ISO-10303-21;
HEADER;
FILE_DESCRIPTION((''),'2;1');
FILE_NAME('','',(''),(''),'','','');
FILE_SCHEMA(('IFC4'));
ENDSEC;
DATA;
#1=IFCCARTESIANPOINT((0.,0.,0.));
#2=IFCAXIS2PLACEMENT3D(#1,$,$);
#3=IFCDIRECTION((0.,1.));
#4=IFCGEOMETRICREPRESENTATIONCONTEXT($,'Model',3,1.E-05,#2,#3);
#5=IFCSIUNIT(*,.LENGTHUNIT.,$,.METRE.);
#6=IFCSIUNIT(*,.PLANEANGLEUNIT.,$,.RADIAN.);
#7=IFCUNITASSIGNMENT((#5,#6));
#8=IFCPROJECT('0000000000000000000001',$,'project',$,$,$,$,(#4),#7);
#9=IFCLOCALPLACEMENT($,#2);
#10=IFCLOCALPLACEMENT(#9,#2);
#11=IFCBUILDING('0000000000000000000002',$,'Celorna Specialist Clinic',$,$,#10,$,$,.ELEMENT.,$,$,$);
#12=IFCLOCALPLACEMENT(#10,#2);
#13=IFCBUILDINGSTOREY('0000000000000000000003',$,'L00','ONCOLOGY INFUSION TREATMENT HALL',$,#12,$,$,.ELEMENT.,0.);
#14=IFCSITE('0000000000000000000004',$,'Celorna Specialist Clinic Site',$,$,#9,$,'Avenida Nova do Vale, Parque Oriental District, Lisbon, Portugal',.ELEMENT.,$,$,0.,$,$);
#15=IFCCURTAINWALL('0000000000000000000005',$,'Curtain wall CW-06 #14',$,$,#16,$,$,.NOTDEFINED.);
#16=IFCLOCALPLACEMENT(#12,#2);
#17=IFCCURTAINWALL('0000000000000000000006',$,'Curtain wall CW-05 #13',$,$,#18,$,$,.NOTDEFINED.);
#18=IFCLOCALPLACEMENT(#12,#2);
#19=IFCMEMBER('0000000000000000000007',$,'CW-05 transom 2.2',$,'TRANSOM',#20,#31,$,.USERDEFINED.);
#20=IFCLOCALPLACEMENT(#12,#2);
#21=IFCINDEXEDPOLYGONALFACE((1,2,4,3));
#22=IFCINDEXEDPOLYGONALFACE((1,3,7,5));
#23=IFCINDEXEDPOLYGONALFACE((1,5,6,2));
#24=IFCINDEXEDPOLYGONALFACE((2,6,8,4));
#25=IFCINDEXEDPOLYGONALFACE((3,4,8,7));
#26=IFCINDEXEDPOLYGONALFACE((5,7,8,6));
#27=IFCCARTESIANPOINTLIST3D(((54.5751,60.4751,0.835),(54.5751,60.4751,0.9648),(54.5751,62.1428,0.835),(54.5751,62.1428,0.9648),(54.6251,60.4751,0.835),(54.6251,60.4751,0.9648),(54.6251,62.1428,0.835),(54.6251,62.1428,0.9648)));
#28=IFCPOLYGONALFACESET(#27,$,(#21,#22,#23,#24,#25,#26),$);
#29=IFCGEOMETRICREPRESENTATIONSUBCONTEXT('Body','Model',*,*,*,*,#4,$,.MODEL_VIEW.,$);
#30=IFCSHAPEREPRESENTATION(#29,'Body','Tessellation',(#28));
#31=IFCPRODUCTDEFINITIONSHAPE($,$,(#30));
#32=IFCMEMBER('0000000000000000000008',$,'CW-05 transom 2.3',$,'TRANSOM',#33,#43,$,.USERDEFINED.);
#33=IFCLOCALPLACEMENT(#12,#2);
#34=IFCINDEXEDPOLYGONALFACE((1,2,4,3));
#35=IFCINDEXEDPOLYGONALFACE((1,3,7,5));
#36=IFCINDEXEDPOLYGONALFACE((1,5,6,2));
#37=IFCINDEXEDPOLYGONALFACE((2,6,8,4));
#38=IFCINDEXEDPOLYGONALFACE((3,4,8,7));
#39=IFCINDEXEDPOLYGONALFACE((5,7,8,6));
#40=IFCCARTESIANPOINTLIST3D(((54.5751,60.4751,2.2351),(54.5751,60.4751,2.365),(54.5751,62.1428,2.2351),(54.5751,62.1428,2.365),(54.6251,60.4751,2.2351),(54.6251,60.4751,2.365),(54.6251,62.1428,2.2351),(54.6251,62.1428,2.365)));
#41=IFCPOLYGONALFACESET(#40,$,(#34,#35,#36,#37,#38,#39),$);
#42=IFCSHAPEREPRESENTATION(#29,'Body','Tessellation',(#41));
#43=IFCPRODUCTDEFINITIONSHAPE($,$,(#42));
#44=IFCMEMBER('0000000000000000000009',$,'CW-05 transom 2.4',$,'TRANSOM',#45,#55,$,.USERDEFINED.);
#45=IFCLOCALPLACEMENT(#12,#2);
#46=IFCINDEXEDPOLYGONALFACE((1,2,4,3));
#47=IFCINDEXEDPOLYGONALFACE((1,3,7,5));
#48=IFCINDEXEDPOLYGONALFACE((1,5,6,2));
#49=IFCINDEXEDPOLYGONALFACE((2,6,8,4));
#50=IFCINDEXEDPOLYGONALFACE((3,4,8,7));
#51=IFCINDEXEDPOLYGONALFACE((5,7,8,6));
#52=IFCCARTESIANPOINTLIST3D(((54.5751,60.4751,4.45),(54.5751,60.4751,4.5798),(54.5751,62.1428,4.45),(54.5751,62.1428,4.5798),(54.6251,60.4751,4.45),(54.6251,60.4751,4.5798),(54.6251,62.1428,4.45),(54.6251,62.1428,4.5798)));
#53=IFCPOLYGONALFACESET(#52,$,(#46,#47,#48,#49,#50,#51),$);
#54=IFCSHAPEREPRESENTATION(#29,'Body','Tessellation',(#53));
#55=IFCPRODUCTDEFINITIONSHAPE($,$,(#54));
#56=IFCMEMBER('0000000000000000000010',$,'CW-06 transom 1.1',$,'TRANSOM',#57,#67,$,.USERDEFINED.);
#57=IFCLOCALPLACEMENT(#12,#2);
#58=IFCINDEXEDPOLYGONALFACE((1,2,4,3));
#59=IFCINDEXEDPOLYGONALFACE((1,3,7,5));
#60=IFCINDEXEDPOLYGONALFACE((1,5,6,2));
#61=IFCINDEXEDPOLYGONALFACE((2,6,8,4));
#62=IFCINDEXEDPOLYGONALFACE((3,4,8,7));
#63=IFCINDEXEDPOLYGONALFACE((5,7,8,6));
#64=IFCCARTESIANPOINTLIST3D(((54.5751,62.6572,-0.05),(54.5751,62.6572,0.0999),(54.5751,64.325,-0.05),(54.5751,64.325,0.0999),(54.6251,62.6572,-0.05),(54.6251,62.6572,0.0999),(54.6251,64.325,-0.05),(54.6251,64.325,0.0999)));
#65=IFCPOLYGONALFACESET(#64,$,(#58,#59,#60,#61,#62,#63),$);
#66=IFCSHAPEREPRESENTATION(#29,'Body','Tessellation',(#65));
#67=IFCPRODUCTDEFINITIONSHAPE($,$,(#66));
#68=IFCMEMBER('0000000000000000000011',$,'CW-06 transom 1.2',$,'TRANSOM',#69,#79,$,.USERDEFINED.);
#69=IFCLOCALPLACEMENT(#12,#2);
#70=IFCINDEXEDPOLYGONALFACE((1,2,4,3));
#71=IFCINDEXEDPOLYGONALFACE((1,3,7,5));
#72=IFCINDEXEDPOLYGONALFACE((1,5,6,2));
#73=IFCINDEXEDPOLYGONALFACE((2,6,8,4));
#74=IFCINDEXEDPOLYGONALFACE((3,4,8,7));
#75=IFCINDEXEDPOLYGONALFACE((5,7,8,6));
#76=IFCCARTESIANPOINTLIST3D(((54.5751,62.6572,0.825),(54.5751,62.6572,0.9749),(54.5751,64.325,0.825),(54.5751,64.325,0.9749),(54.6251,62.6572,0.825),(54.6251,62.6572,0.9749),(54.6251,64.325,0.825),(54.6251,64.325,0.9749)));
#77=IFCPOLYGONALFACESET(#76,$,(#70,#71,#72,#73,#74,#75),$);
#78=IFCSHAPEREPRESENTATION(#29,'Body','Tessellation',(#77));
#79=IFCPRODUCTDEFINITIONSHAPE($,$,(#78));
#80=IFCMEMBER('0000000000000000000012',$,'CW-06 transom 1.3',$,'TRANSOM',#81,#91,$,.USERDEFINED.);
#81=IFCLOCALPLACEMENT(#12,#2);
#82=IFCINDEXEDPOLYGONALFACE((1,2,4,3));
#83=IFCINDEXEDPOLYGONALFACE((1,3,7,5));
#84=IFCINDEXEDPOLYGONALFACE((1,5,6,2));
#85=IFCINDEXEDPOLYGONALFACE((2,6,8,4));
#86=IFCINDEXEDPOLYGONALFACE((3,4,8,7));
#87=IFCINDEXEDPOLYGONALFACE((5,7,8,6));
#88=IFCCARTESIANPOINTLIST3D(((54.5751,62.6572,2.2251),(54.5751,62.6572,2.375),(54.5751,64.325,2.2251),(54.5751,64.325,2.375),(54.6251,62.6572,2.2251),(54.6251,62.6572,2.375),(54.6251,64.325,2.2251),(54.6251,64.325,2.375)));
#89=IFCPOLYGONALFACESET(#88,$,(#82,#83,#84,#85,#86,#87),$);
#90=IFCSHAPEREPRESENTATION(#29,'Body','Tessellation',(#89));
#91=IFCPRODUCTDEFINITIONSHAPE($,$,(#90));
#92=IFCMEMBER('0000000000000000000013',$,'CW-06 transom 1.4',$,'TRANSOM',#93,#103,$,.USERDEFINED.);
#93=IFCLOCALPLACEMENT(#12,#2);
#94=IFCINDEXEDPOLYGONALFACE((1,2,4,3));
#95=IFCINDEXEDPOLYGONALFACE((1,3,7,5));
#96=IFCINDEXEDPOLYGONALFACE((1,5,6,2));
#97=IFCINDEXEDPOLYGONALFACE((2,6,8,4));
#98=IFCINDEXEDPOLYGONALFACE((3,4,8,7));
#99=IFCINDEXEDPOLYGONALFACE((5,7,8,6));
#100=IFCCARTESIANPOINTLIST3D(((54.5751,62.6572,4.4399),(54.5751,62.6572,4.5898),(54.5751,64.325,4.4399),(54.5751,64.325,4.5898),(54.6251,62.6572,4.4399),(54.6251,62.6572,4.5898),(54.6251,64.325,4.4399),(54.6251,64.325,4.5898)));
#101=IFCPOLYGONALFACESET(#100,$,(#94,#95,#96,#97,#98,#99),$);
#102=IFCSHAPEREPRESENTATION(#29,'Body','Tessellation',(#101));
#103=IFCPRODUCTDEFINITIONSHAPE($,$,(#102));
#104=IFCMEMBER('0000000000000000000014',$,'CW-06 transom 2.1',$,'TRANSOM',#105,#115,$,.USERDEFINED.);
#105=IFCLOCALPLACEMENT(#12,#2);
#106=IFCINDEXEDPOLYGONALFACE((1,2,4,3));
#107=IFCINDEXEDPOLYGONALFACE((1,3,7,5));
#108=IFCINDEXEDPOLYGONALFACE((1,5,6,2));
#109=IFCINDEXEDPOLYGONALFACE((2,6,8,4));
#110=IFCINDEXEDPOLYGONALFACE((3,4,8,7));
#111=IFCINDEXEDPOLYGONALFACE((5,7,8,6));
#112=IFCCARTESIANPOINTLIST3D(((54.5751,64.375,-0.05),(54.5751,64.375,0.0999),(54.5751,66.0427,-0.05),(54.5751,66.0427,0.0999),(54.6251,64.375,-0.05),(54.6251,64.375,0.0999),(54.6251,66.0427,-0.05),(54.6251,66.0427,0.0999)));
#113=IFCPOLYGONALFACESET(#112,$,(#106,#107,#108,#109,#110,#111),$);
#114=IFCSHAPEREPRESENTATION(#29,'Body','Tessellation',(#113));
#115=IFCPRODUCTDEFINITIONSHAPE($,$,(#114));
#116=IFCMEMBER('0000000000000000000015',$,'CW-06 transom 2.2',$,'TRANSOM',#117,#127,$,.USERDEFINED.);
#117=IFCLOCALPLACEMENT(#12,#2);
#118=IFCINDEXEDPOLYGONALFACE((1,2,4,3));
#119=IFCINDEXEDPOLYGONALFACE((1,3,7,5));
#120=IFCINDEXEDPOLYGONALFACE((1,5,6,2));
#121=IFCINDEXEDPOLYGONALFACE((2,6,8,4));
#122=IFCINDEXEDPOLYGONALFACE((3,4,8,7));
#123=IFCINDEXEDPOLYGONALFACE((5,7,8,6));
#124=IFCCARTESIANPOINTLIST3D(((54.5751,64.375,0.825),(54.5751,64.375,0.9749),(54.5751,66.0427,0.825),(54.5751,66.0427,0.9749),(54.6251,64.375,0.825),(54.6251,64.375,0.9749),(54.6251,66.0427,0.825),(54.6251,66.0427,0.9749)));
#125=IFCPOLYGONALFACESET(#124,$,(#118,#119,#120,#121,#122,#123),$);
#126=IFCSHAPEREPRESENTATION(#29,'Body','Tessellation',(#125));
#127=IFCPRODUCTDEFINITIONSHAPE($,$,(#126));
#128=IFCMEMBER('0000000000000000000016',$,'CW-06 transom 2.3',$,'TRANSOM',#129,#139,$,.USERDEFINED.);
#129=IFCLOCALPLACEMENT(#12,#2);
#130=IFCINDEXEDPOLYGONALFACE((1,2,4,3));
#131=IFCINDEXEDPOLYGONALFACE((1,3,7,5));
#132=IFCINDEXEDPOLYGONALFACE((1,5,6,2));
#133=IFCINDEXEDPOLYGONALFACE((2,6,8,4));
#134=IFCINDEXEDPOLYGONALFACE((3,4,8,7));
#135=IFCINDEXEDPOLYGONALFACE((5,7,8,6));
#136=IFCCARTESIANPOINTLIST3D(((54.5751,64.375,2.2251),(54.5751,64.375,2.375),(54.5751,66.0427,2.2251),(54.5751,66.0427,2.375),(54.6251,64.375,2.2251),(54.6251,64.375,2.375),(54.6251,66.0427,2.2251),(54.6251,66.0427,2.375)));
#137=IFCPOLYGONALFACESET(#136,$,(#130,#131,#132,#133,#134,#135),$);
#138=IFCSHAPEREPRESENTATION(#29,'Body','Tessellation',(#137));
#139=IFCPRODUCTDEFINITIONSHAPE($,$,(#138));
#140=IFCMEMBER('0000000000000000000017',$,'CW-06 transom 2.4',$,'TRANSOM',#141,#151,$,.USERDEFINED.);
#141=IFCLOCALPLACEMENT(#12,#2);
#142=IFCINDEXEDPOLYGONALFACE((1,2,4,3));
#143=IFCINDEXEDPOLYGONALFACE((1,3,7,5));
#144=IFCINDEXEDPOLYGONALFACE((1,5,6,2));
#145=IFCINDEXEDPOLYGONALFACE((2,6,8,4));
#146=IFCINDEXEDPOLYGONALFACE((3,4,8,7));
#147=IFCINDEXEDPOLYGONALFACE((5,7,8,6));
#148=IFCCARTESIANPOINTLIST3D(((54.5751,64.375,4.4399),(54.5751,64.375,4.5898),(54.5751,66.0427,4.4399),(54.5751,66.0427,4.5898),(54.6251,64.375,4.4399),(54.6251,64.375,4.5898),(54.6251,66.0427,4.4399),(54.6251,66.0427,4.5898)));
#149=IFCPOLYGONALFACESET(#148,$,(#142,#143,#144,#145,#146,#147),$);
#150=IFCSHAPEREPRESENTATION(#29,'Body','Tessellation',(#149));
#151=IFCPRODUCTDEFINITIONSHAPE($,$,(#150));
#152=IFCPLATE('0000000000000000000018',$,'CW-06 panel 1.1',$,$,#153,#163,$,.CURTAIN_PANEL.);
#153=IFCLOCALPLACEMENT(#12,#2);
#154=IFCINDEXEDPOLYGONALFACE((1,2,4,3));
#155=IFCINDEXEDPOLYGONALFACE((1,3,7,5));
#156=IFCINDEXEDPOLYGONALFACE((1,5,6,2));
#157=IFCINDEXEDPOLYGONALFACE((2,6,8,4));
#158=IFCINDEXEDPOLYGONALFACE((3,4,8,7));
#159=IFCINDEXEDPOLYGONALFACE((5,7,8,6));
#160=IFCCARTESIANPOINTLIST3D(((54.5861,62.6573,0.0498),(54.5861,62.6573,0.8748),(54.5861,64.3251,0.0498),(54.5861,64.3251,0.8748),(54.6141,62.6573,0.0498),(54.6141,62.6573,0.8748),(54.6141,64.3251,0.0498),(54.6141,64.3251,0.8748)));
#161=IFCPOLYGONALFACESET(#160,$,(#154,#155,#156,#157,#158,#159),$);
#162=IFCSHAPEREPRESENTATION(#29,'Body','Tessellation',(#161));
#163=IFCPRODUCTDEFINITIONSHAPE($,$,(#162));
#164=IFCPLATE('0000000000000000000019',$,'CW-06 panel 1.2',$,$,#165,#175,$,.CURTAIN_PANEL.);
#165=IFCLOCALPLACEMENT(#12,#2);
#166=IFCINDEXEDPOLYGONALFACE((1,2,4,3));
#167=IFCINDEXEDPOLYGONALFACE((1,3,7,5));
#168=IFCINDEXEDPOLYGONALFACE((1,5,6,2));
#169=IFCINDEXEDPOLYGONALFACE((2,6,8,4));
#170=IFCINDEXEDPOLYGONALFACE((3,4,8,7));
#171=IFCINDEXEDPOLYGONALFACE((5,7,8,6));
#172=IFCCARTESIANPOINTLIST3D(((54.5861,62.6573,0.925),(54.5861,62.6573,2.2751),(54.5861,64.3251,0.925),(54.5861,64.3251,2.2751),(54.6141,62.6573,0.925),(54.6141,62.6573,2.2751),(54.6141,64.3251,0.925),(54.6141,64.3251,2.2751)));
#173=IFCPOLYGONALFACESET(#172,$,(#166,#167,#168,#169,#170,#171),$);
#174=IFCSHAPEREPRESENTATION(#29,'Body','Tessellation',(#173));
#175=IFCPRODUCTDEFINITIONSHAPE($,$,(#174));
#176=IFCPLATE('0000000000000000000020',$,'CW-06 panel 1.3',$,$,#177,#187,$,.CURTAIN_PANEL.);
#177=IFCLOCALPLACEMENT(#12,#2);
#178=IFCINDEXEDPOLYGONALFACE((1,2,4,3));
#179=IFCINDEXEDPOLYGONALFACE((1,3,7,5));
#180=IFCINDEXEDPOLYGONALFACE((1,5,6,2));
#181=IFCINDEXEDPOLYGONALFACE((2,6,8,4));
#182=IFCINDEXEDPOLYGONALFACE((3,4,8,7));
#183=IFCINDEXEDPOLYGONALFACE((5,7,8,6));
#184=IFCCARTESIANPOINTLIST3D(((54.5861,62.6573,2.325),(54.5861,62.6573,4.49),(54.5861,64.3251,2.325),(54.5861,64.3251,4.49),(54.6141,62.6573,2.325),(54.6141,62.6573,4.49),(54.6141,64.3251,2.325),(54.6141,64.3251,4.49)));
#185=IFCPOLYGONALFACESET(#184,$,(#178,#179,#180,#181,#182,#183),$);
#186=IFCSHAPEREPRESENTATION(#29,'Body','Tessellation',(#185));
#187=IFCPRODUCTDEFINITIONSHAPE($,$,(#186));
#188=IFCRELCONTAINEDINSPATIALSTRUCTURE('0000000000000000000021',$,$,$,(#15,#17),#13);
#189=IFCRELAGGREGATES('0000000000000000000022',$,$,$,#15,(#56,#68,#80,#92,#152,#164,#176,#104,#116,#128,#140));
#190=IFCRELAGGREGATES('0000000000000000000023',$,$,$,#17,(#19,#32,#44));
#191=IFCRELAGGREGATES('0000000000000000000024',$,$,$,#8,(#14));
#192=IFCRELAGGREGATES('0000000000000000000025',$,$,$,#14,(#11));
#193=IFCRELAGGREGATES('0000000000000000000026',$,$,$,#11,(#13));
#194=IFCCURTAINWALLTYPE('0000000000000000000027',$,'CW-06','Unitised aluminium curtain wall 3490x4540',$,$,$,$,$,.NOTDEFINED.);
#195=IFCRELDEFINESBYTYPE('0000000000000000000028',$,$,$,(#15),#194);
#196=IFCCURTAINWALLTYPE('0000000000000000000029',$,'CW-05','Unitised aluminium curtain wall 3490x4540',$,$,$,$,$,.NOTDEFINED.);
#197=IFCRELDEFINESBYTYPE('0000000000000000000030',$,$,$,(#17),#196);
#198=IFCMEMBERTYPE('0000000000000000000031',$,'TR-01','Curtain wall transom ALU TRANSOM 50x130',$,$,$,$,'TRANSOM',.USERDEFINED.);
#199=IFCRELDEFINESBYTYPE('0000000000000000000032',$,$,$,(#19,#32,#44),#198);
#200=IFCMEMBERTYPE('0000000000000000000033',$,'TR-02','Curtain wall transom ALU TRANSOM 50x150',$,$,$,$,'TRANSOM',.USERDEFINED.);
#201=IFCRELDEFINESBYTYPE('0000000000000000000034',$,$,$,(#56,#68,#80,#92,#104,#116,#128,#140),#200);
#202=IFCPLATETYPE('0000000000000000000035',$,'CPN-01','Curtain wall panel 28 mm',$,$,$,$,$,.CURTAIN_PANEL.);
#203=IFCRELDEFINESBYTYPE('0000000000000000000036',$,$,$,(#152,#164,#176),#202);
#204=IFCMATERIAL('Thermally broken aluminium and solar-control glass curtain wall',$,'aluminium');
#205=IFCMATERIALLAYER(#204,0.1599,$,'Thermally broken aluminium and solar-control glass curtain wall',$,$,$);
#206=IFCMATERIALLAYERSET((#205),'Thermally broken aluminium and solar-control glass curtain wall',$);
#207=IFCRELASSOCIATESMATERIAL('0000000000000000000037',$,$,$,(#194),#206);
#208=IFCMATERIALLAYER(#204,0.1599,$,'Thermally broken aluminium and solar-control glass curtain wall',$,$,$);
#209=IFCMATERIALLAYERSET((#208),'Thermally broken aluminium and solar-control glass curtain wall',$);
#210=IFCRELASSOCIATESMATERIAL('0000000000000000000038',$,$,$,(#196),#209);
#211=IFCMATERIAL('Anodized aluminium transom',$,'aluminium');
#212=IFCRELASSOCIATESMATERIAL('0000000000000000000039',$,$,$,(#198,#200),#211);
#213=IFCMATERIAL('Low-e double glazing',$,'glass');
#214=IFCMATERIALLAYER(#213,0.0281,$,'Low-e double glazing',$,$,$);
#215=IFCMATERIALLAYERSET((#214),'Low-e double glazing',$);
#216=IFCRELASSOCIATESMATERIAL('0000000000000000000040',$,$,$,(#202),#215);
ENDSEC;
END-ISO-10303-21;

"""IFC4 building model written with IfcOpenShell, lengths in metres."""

from ifc_helpers import new_model, si_unit, direction, frame, origin, origin_2d, place, context, subcontext, project, spatial, rectangle, extrude, material, layer, layer_set, material_profile, profile_set, type_object, element, aggregate, save


model = new_model("IFC4")

# Units and contexts
model_context = context("Model", 3, precision=1e-05, world=origin(), true_north=direction((0.0, 1.0)))
body_context = subcontext(model_context, "Body", "Model", "MODEL_VIEW")
ifc_project = project(units=[si_unit("LENGTHUNIT", "METRE"), si_unit("PLANEANGLEUNIT", "RADIAN")], contexts=[model_context])

# Site, building, storey
site_placement = place(None, origin())
site = spatial("IfcSite", under=ifc_project, at=site_placement, Name="Celorna Specialist Clinic Site", LongName="Avenida Nova do Vale, Parque Oriental District, Lisbon, Portugal", CompositionType="ELEMENT", RefElevation=0.0)
building_placement = place(site_placement, origin())
building = spatial("IfcBuilding", under=site, at=building_placement, Name="Celorna Specialist Clinic", CompositionType="ELEMENT")
storey_placement = place(building_placement, origin())
storey = spatial("IfcBuildingStorey", under=building, at=storey_placement, Name="L00", Description="ONCOLOGY INFUSION TREATMENT HALL", CompositionType="ELEMENT", Elevation=0.0)

# Curtain walls, members
ifc_material_1 = material(Name="Thermally broken aluminium and solar-control glass curtain wall", Category="aluminium")
ifc_layer_1 = layer(ifc_material_1, 0.1599, Name="Thermally broken aluminium and solar-control glass curtain wall")
ifc_layer_set_1 = layer_set([ifc_layer_1], Name="Thermally broken aluminium and solar-control glass curtain wall")
curtain_wall_type_1 = type_object("IfcCurtainWallType", Name="CW-06", Description="Unitised aluminium curtain wall 3490x4540", PredefinedType="NOTDEFINED", material=ifc_layer_set_1)
curtain_wall_1_placement = place(storey_placement, origin())
curtain_wall_1 = element("IfcCurtainWall", 1, at=curtain_wall_1_placement, inside=storey, type_object=curtain_wall_type_1, Name="Curtain wall CW-06 #14", PredefinedType="NOTDEFINED")
ifc_layer_2 = layer(ifc_material_1, 0.1599, Name="Thermally broken aluminium and solar-control glass curtain wall")
ifc_layer_set_2 = layer_set([ifc_layer_2], Name="Thermally broken aluminium and solar-control glass curtain wall")
curtain_wall_type_2 = type_object("IfcCurtainWallType", Name="CW-05", Description="Unitised aluminium curtain wall 3490x4540", PredefinedType="NOTDEFINED", material=ifc_layer_set_2)
curtain_wall_2_placement = place(storey_placement, origin())
curtain_wall_2 = element("IfcCurtainWall", 2, at=curtain_wall_2_placement, inside=storey, type_object=curtain_wall_type_2, Name="Curtain wall CW-05 #13", PredefinedType="NOTDEFINED")
ifc_material_2 = material(Name="Anodized aluminium transom", Category="aluminium")
ifc_material_profile_1 = material_profile(ifc_material_2, rectangle(XDim=0.05, YDim=0.1299, at=origin_2d()), Name="ALU TRANSOM 50x130")
ifc_profile_set_1 = profile_set([ifc_material_profile_1], Name="Anodized aluminium transom")
member_type_1 = type_object("IfcMemberType", Name="TR-01", Description="Curtain wall transom ALU TRANSOM 50x130", ElementType="TRANSOM", PredefinedType="USERDEFINED", material=ifc_profile_set_1)
member_1_placement = place(storey_placement, frame((54.6001, 60.4751, 0.8999), z_axis=(0.0, 1.0, 0.0), x_axis=(-1.0, 0.0, 0.0)))
member_1 = element("IfcMember", 3, at=member_1_placement, type_object=member_type_1, Name="CW-05 transom 2.2", ObjectType="TRANSOM", PredefinedType="USERDEFINED", context=body_context, shape_type="SweptSolid", body=[
    extrude(rectangle(XDim=0.05, YDim=0.1299, at=origin_2d()), origin(), (0.0, 0.0, 1.0), 1.6677),
])
member_2_placement = place(storey_placement, frame((54.6001, 60.4751, 2.3), z_axis=(0.0, 1.0, 0.0), x_axis=(-1.0, 0.0, 0.0)))
member_2 = element("IfcMember", 4, at=member_2_placement, type_object=member_type_1, Name="CW-05 transom 2.3", ObjectType="TRANSOM", PredefinedType="USERDEFINED", context=body_context, shape_type="SweptSolid", body=[
    extrude(rectangle(XDim=0.05, YDim=0.1299, at=origin_2d()), origin(), (0.0, 0.0, 1.0), 1.6677),
])
member_3_placement = place(storey_placement, frame((54.6001, 60.4751, 4.5149), z_axis=(0.0, 1.0, 0.0), x_axis=(-1.0, 0.0, 0.0)))
member_3 = element("IfcMember", 5, at=member_3_placement, type_object=member_type_1, Name="CW-05 transom 2.4", ObjectType="TRANSOM", PredefinedType="USERDEFINED", context=body_context, shape_type="SweptSolid", body=[
    extrude(rectangle(XDim=0.05, YDim=0.1299, at=origin_2d()), origin(), (0.0, 0.0, 1.0), 1.6677),
])

# Members
ifc_material_profile_2 = material_profile(ifc_material_2, rectangle(XDim=0.05, YDim=0.1499, at=origin_2d()), Name="ALU TRANSOM 50x150")
ifc_profile_set_2 = profile_set([ifc_material_profile_2], Name="Anodized aluminium transom")
member_type_2 = type_object("IfcMemberType", Name="TR-02", Description="Curtain wall transom ALU TRANSOM 50x150", ElementType="TRANSOM", PredefinedType="USERDEFINED", material=ifc_profile_set_2)
member_4_placement = place(storey_placement, frame((54.6001, 62.6572, 0.0249), z_axis=(0.0, 1.0, 0.0), x_axis=(-1.0, 0.0, 0.0)))
member_4 = element("IfcMember", 6, at=member_4_placement, type_object=member_type_2, Name="CW-06 transom 1.1", ObjectType="TRANSOM", PredefinedType="USERDEFINED", context=body_context, shape_type="SweptSolid", body=[
    extrude(rectangle(XDim=0.05, YDim=0.1499, at=origin_2d()), origin(), (0.0, 0.0, 1.0), 1.6677),
])
member_5_placement = place(storey_placement, frame((54.6001, 62.6572, 0.8999), z_axis=(0.0, 1.0, 0.0), x_axis=(-1.0, 0.0, 0.0)))
member_5 = element("IfcMember", 7, at=member_5_placement, type_object=member_type_2, Name="CW-06 transom 1.2", ObjectType="TRANSOM", PredefinedType="USERDEFINED", context=body_context, shape_type="SweptSolid", body=[
    extrude(rectangle(XDim=0.05, YDim=0.1499, at=origin_2d()), origin(), (0.0, 0.0, 1.0), 1.6677),
])
member_6_placement = place(storey_placement, frame((54.6001, 62.6572, 2.3), z_axis=(0.0, 1.0, 0.0), x_axis=(-1.0, 0.0, 0.0)))
member_6 = element("IfcMember", 8, at=member_6_placement, type_object=member_type_2, Name="CW-06 transom 1.3", ObjectType="TRANSOM", PredefinedType="USERDEFINED", context=body_context, shape_type="SweptSolid", body=[
    extrude(rectangle(XDim=0.05, YDim=0.1499, at=origin_2d()), origin(), (0.0, 0.0, 1.0), 1.6677),
])
member_7_placement = place(storey_placement, frame((54.6001, 62.6572, 4.5149), z_axis=(0.0, 1.0, 0.0), x_axis=(-1.0, 0.0, 0.0)))
member_7 = element("IfcMember", 9, at=member_7_placement, type_object=member_type_2, Name="CW-06 transom 1.4", ObjectType="TRANSOM", PredefinedType="USERDEFINED", context=body_context, shape_type="SweptSolid", body=[
    extrude(rectangle(XDim=0.05, YDim=0.1499, at=origin_2d()), origin(), (0.0, 0.0, 1.0), 1.6677),
])
member_8_placement = place(storey_placement, frame((54.6001, 64.375, 0.0249), z_axis=(0.0, 1.0, 0.0), x_axis=(-1.0, 0.0, 0.0)))
member_8 = element("IfcMember", 10, at=member_8_placement, type_object=member_type_2, Name="CW-06 transom 2.1", ObjectType="TRANSOM", PredefinedType="USERDEFINED", context=body_context, shape_type="SweptSolid", body=[
    extrude(rectangle(XDim=0.05, YDim=0.1499, at=origin_2d()), origin(), (0.0, 0.0, 1.0), 1.6677),
])
member_9_placement = place(storey_placement, frame((54.6001, 64.375, 0.8999), z_axis=(0.0, 1.0, 0.0), x_axis=(-1.0, 0.0, 0.0)))
member_9 = element("IfcMember", 11, at=member_9_placement, type_object=member_type_2, Name="CW-06 transom 2.2", ObjectType="TRANSOM", PredefinedType="USERDEFINED", context=body_context, shape_type="SweptSolid", body=[
    extrude(rectangle(XDim=0.05, YDim=0.1499, at=origin_2d()), origin(), (0.0, 0.0, 1.0), 1.6677),
])
member_10_placement = place(storey_placement, frame((54.6001, 64.375, 2.3), z_axis=(0.0, 1.0, 0.0), x_axis=(-1.0, 0.0, 0.0)))
member_10 = element("IfcMember", 12, at=member_10_placement, type_object=member_type_2, Name="CW-06 transom 2.3", ObjectType="TRANSOM", PredefinedType="USERDEFINED", context=body_context, shape_type="SweptSolid", body=[
    extrude(rectangle(XDim=0.05, YDim=0.1499, at=origin_2d()), origin(), (0.0, 0.0, 1.0), 1.6677),
])
member_11_placement = place(storey_placement, frame((54.6001, 64.375, 4.5149), z_axis=(0.0, 1.0, 0.0), x_axis=(-1.0, 0.0, 0.0)))
member_11 = element("IfcMember", 13, at=member_11_placement, type_object=member_type_2, Name="CW-06 transom 2.4", ObjectType="TRANSOM", PredefinedType="USERDEFINED", context=body_context, shape_type="SweptSolid", body=[
    extrude(rectangle(XDim=0.05, YDim=0.1499, at=origin_2d()), origin(), (0.0, 0.0, 1.0), 1.6677),
])

# Plates
ifc_material_3 = material(Name="Low-e double glazing", Category="glass")
ifc_layer_3 = layer(ifc_material_3, 0.0281, Name="Low-e double glazing")
ifc_layer_set_3 = layer_set([ifc_layer_3], Name="Low-e double glazing")
plate_type_1 = type_object("IfcPlateType", Name="CPN-01", Description="Curtain wall panel 28 mm", PredefinedType="CURTAIN_PANEL", material=ifc_layer_set_3)
plate_1_placement = place(storey_placement, frame((54.6001, 63.4912, 0.0498), z_axis=(0.0, 0.0, 1.0), x_axis=(0.0, 1.0, 0.0)))
plate_1 = element("IfcPlate", 14, at=plate_1_placement, type_object=plate_type_1, Name="CW-06 panel 1.1", PredefinedType="CURTAIN_PANEL", context=body_context, shape_type="SweptSolid", body=[
    extrude(rectangle(XDim=1.6677, YDim=0.0281, at=origin_2d()), origin(), (0.0, 0.0, 1.0), 0.825),
])
plate_2_placement = place(storey_placement, frame((54.6001, 63.4912, 0.925), z_axis=(0.0, 0.0, 1.0), x_axis=(0.0, 1.0, 0.0)))
plate_2 = element("IfcPlate", 15, at=plate_2_placement, type_object=plate_type_1, Name="CW-06 panel 1.2", PredefinedType="CURTAIN_PANEL", context=body_context, shape_type="SweptSolid", body=[
    extrude(rectangle(XDim=1.6677, YDim=0.0281, at=origin_2d()), origin(), (0.0, 0.0, 1.0), 1.3501),
])
plate_3_placement = place(storey_placement, frame((54.6001, 63.4912, 2.325), z_axis=(0.0, 0.0, 1.0), x_axis=(0.0, 1.0, 0.0)))
plate_3 = element("IfcPlate", 16, at=plate_3_placement, type_object=plate_type_1, Name="CW-06 panel 1.3", PredefinedType="CURTAIN_PANEL", context=body_context, shape_type="SweptSolid", body=[
    extrude(rectangle(XDim=1.6677, YDim=0.0281, at=origin_2d()), origin(), (0.0, 0.0, 1.0), 2.165),
])
aggregate(curtain_wall_1, [member_4, member_5, member_6, member_7, plate_1, plate_2, plate_3, member_8, member_9, member_10, member_11])
aggregate(curtain_wall_2, [member_1, member_2, member_3])

save(model, "model.ifc")
